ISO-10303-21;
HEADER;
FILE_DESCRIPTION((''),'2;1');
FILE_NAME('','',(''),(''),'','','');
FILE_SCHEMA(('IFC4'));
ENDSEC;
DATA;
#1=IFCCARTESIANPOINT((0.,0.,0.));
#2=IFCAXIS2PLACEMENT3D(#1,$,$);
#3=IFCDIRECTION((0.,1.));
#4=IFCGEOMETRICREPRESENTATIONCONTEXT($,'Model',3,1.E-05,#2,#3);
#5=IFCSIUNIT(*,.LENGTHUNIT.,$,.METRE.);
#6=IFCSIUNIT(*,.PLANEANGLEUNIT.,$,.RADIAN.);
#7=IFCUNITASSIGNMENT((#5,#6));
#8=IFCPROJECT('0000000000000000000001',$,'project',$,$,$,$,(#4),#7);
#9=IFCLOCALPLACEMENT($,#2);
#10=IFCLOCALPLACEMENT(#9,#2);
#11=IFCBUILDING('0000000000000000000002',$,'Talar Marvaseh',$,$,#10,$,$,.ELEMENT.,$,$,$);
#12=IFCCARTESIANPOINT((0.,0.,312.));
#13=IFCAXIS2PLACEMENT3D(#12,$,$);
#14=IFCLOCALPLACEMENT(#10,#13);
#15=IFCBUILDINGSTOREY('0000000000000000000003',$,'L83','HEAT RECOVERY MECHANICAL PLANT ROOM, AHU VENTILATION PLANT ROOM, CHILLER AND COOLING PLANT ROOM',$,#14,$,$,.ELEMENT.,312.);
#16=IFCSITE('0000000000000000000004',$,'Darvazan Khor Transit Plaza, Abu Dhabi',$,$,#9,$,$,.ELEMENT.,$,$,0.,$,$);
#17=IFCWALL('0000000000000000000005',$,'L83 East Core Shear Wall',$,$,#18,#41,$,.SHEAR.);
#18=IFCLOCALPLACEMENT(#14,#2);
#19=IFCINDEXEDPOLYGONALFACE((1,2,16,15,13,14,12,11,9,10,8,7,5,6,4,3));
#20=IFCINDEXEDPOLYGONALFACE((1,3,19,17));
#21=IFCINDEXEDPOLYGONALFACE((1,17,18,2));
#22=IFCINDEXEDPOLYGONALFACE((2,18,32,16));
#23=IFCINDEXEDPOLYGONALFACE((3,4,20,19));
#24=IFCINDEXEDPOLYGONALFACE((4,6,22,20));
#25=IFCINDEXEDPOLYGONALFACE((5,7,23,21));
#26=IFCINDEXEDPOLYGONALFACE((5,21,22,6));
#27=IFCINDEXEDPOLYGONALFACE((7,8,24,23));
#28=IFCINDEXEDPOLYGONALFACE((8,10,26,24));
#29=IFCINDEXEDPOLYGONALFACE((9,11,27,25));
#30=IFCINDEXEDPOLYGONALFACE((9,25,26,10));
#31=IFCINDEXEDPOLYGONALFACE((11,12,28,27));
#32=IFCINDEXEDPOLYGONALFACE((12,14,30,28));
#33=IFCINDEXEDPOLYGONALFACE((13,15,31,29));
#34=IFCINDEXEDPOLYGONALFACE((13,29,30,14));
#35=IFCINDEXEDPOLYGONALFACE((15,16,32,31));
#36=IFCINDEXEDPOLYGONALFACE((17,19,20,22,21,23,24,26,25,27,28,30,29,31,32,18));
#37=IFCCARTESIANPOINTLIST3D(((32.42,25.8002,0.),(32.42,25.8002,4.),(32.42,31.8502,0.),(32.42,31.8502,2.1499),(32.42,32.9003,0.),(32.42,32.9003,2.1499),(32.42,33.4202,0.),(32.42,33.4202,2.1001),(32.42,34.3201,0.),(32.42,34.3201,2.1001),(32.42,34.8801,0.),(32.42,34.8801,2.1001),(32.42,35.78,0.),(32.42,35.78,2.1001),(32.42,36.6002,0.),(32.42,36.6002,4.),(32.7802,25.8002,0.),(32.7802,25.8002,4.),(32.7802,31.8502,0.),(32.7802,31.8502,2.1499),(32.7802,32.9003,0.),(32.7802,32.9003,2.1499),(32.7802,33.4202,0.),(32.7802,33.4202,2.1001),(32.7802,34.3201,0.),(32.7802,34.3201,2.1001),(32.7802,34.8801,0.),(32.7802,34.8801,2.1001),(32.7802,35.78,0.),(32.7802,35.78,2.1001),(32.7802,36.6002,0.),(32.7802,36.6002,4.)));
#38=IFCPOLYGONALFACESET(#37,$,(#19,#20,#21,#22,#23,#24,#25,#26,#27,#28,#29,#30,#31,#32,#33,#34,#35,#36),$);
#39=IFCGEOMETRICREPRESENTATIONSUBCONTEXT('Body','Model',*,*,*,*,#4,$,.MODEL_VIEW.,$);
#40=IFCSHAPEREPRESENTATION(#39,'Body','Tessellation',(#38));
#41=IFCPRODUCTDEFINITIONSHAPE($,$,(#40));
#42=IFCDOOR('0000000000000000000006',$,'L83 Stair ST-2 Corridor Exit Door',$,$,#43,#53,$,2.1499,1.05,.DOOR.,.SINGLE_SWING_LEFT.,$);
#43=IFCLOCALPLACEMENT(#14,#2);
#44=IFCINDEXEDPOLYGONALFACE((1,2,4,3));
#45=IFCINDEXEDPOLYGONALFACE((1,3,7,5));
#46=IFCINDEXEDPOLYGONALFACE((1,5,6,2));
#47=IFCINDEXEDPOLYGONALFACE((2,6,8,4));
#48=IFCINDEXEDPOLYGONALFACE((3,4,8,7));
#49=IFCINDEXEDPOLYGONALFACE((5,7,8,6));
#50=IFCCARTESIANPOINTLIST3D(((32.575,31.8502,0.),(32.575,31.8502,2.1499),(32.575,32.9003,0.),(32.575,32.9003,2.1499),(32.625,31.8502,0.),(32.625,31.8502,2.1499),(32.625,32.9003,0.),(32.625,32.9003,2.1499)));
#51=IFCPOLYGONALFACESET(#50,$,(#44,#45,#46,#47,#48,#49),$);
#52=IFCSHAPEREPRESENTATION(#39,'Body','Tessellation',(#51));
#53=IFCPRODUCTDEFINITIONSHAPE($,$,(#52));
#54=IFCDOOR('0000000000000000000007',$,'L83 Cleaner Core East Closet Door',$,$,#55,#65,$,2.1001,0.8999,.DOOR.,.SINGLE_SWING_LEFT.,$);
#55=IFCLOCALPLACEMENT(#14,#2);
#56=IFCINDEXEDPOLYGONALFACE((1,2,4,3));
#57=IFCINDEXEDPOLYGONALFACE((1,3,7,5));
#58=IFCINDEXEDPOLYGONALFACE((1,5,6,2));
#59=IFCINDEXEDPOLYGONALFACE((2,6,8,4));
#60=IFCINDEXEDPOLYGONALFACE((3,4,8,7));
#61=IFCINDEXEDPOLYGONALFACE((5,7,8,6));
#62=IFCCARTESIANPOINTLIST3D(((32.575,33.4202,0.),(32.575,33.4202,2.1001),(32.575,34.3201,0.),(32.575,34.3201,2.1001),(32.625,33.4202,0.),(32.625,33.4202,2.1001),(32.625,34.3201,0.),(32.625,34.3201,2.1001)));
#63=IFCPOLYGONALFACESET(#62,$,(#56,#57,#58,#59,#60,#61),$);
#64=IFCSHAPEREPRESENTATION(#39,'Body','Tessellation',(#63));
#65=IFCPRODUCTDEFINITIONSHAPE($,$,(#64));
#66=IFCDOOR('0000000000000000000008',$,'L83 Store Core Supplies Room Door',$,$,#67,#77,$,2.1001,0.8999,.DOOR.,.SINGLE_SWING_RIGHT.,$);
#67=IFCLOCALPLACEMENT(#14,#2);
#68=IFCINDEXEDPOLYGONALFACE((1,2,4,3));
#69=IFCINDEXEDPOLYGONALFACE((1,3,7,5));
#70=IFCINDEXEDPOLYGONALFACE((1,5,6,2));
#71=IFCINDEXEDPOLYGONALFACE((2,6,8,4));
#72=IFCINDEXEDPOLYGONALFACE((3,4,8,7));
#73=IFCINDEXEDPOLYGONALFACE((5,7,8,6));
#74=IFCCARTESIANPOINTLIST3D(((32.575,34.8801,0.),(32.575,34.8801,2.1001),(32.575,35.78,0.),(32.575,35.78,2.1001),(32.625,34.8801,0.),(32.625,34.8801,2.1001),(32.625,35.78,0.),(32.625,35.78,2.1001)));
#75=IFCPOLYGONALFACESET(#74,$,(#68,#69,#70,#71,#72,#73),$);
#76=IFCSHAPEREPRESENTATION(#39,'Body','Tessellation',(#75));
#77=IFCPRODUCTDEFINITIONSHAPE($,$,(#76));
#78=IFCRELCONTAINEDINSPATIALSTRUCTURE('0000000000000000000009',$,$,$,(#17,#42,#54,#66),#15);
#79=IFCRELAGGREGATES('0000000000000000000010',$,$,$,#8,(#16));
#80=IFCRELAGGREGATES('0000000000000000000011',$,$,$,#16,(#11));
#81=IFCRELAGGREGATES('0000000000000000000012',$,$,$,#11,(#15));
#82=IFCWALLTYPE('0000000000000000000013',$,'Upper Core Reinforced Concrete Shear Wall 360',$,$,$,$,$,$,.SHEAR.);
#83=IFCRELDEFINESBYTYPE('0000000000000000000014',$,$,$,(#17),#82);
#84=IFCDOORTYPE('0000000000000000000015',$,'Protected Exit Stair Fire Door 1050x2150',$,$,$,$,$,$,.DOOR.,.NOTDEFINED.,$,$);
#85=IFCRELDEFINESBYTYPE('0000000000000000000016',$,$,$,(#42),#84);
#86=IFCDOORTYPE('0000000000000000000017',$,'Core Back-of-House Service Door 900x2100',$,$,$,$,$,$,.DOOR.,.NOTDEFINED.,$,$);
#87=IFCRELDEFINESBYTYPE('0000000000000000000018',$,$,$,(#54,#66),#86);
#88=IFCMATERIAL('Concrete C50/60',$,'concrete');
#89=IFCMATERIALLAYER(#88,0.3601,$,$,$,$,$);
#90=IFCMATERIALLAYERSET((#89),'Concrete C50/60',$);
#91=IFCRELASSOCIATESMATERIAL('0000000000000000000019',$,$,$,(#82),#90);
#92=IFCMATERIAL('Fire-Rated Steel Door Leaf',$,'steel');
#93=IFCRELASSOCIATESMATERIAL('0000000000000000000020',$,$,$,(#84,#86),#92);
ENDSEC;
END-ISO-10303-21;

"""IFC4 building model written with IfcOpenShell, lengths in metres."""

from ifc_helpers import new_model, si_unit, direction, frame, frame_2d, origin, place, context, subcontext, project, spatial, rectangle, extrude, source, transform, mapped, material, layer, layer_set, type_object, type_shapes, element, fill, save


model = new_model("IFC4")

# Units and contexts
model_context = context("Model", 3, precision=1e-05, world=origin(), true_north=direction((0.0, 1.0)))
body_context = subcontext(model_context, "Body", "Model", "MODEL_VIEW")
ifc_project = project(units=[si_unit("LENGTHUNIT", "METRE"), si_unit("PLANEANGLEUNIT", "RADIAN")], contexts=[model_context])

# Site, building, storey
site_placement = place(None, origin())
site = spatial("IfcSite", under=ifc_project, at=site_placement, Name="Darvazan Khor Transit Plaza, Abu Dhabi", CompositionType="ELEMENT", RefElevation=0.0)
building_placement = place(site_placement, origin())
building = spatial("IfcBuilding", under=site, at=building_placement, Name="Talar Marvaseh", CompositionType="ELEMENT")
storey_placement = place(building_placement, frame((0.0, 0.0, 312.0)))
storey = spatial("IfcBuildingStorey", under=building, at=storey_placement, Name="L83", Description="HEAT RECOVERY MECHANICAL PLANT ROOM, AHU VENTILATION PLANT ROOM, CHILLER AND COOLING PLANT ROOM", CompositionType="ELEMENT", Elevation=312.0)

# Shared definitions
ifc_material_1 = material(Name="Concrete C50/60", Category="concrete")

# Wall, openings, doors
ifc_layer_1 = layer(ifc_material_1, 0.3601)
ifc_layer_set_1 = layer_set([ifc_layer_1], Name="Concrete C50/60")
wall_type_1 = type_object("IfcWallType", Name="Upper Core Reinforced Concrete Shear Wall 360", PredefinedType="SHEAR", material=ifc_layer_set_1)
wall_1_placement = place(storey_placement, frame((32.6001, 36.6001, 0.0), z_axis=(0.0, 0.0, 1.0), x_axis=(0.0, -1.0, 0.0)))
wall_1 = element("IfcWall", 1, at=wall_1_placement, inside=storey, type_object=wall_type_1, Name="L83 East Core Shear Wall", PredefinedType="SHEAR", context=body_context, shape_type="SweptSolid", body=[
    extrude(rectangle(XDim=10.8, YDim=0.3601, at=frame_2d((5.3999, 0.0))), origin(), (0.0, 0.0, 1.0), 4.0),
])
opening_1_placement = place(wall_1_placement, frame((3.7, 0.0, 0.0)))
opening_1 = element("IfcOpeningElement", 2, at=opening_1_placement, cuts=wall_1, PredefinedType="OPENING", context=body_context, shape_type="SweptSolid", body=[
    extrude(rectangle(XDim=1.05, YDim=2.1499, at=frame_2d((0.5249, 1.075))), frame((0.0, 0.1899, 0.0), z_axis=(0.0, -1.0, 0.0), x_axis=(1.0, 0.0, 0.0)), (0.0, 0.0, 1.0), 0.3801),
])
opening_2_placement = place(wall_1_placement, frame((2.28, 0.0, 0.0)))
opening_2 = element("IfcOpeningElement", 3, at=opening_2_placement, cuts=wall_1, PredefinedType="OPENING", context=body_context, shape_type="SweptSolid", body=[
    extrude(rectangle(XDim=0.8999, YDim=2.1001, at=frame_2d((0.45, 1.05))), frame((0.0, 0.1899, 0.0), z_axis=(0.0, -1.0, 0.0), x_axis=(1.0, 0.0, 0.0)), (0.0, 0.0, 1.0), 0.3801),
])
opening_3_placement = place(wall_1_placement, frame((0.8201, 0.0, 0.0)))
opening_3 = element("IfcOpeningElement", 4, at=opening_3_placement, cuts=wall_1, PredefinedType="OPENING", context=body_context, shape_type="SweptSolid", body=[
    extrude(rectangle(XDim=0.8999, YDim=2.1001, at=frame_2d((0.45, 1.05))), frame((0.0, 0.1899, 0.0), z_axis=(0.0, -1.0, 0.0), x_axis=(1.0, 0.0, 0.0)), (0.0, 0.0, 1.0), 0.3801),
])
ifc_material_2 = material(Name="Fire-Rated Steel Door Leaf", Category="steel")
door_type_1 = type_object("IfcDoorType", Name="Protected Exit Stair Fire Door 1050x2150", OperationType="NOTDEFINED", PredefinedType="DOOR", material=ifc_material_2)
shared_shape_1 = source(origin(), body_context, "Body", "SweptSolid", [
    extrude(rectangle(XDim=1.05, YDim=2.1499, at=frame_2d((0.5249, 1.075))), frame((0.0, 0.0249, 0.0), z_axis=(0.0, -1.0, 0.0), x_axis=(1.0, 0.0, 0.0)), (0.0, 0.0, 1.0), 0.05),
])
type_shapes(door_type_1, [shared_shape_1])
door_1_placement = place(opening_1_placement, origin())
door_1 = element("IfcDoor", 5, at=door_1_placement, inside=storey, type_object=door_type_1, Name="L83 Stair ST-2 Corridor Exit Door", OperationType="SINGLE_SWING_LEFT", OverallHeight=2.1499, OverallWidth=1.05, PredefinedType="DOOR", context=body_context, shape_type="MappedRepresentation", body=[
    mapped(shared_shape_1, transform((0.0, 0.0, 0.0), x_axis=(1.0, 0.0, 0.0), y_axis=(0.0, 1.0, 0.0), z_axis=(0.0, 0.0, 1.0), scale=1.0)),
])
fill(opening_1, door_1)
door_type_2 = type_object("IfcDoorType", Name="Core Back-of-House Service Door 900x2100", OperationType="NOTDEFINED", PredefinedType="DOOR", material=ifc_material_2)
shared_shape_2 = source(origin(), body_context, "Body", "SweptSolid", [
    extrude(rectangle(XDim=0.8999, YDim=2.1001, at=frame_2d((0.45, 1.05))), frame((0.0, 0.0249, 0.0), z_axis=(0.0, -1.0, 0.0), x_axis=(1.0, 0.0, 0.0)), (0.0, 0.0, 1.0), 0.05),
])
type_shapes(door_type_2, [shared_shape_2])
door_2_placement = place(opening_2_placement, origin())
door_2 = element("IfcDoor", 6, at=door_2_placement, inside=storey, type_object=door_type_2, Name="L83 Cleaner Core East Closet Door", OperationType="SINGLE_SWING_LEFT", OverallHeight=2.1001, OverallWidth=0.8999, PredefinedType="DOOR", context=body_context, shape_type="MappedRepresentation", body=[
    mapped(shared_shape_2, transform((0.0, 0.0, 0.0), x_axis=(1.0, 0.0, 0.0), y_axis=(0.0, 1.0, 0.0), z_axis=(0.0, 0.0, 1.0), scale=1.0)),
])
fill(opening_2, door_2)
door_3_placement = place(opening_3_placement, origin())
door_3 = element("IfcDoor", 7, at=door_3_placement, inside=storey, type_object=door_type_2, Name="L83 Store Core Supplies Room Door", OperationType="SINGLE_SWING_RIGHT", OverallHeight=2.1001, OverallWidth=0.8999, PredefinedType="DOOR", context=body_context, shape_type="MappedRepresentation", body=[
    mapped(shared_shape_2, transform((0.0, 0.0, 0.0), x_axis=(1.0, 0.0, 0.0), y_axis=(0.0, 1.0, 0.0), z_axis=(0.0, 0.0, 1.0), scale=1.0)),
])
fill(opening_3, door_3)

save(model, "model.ifc")
